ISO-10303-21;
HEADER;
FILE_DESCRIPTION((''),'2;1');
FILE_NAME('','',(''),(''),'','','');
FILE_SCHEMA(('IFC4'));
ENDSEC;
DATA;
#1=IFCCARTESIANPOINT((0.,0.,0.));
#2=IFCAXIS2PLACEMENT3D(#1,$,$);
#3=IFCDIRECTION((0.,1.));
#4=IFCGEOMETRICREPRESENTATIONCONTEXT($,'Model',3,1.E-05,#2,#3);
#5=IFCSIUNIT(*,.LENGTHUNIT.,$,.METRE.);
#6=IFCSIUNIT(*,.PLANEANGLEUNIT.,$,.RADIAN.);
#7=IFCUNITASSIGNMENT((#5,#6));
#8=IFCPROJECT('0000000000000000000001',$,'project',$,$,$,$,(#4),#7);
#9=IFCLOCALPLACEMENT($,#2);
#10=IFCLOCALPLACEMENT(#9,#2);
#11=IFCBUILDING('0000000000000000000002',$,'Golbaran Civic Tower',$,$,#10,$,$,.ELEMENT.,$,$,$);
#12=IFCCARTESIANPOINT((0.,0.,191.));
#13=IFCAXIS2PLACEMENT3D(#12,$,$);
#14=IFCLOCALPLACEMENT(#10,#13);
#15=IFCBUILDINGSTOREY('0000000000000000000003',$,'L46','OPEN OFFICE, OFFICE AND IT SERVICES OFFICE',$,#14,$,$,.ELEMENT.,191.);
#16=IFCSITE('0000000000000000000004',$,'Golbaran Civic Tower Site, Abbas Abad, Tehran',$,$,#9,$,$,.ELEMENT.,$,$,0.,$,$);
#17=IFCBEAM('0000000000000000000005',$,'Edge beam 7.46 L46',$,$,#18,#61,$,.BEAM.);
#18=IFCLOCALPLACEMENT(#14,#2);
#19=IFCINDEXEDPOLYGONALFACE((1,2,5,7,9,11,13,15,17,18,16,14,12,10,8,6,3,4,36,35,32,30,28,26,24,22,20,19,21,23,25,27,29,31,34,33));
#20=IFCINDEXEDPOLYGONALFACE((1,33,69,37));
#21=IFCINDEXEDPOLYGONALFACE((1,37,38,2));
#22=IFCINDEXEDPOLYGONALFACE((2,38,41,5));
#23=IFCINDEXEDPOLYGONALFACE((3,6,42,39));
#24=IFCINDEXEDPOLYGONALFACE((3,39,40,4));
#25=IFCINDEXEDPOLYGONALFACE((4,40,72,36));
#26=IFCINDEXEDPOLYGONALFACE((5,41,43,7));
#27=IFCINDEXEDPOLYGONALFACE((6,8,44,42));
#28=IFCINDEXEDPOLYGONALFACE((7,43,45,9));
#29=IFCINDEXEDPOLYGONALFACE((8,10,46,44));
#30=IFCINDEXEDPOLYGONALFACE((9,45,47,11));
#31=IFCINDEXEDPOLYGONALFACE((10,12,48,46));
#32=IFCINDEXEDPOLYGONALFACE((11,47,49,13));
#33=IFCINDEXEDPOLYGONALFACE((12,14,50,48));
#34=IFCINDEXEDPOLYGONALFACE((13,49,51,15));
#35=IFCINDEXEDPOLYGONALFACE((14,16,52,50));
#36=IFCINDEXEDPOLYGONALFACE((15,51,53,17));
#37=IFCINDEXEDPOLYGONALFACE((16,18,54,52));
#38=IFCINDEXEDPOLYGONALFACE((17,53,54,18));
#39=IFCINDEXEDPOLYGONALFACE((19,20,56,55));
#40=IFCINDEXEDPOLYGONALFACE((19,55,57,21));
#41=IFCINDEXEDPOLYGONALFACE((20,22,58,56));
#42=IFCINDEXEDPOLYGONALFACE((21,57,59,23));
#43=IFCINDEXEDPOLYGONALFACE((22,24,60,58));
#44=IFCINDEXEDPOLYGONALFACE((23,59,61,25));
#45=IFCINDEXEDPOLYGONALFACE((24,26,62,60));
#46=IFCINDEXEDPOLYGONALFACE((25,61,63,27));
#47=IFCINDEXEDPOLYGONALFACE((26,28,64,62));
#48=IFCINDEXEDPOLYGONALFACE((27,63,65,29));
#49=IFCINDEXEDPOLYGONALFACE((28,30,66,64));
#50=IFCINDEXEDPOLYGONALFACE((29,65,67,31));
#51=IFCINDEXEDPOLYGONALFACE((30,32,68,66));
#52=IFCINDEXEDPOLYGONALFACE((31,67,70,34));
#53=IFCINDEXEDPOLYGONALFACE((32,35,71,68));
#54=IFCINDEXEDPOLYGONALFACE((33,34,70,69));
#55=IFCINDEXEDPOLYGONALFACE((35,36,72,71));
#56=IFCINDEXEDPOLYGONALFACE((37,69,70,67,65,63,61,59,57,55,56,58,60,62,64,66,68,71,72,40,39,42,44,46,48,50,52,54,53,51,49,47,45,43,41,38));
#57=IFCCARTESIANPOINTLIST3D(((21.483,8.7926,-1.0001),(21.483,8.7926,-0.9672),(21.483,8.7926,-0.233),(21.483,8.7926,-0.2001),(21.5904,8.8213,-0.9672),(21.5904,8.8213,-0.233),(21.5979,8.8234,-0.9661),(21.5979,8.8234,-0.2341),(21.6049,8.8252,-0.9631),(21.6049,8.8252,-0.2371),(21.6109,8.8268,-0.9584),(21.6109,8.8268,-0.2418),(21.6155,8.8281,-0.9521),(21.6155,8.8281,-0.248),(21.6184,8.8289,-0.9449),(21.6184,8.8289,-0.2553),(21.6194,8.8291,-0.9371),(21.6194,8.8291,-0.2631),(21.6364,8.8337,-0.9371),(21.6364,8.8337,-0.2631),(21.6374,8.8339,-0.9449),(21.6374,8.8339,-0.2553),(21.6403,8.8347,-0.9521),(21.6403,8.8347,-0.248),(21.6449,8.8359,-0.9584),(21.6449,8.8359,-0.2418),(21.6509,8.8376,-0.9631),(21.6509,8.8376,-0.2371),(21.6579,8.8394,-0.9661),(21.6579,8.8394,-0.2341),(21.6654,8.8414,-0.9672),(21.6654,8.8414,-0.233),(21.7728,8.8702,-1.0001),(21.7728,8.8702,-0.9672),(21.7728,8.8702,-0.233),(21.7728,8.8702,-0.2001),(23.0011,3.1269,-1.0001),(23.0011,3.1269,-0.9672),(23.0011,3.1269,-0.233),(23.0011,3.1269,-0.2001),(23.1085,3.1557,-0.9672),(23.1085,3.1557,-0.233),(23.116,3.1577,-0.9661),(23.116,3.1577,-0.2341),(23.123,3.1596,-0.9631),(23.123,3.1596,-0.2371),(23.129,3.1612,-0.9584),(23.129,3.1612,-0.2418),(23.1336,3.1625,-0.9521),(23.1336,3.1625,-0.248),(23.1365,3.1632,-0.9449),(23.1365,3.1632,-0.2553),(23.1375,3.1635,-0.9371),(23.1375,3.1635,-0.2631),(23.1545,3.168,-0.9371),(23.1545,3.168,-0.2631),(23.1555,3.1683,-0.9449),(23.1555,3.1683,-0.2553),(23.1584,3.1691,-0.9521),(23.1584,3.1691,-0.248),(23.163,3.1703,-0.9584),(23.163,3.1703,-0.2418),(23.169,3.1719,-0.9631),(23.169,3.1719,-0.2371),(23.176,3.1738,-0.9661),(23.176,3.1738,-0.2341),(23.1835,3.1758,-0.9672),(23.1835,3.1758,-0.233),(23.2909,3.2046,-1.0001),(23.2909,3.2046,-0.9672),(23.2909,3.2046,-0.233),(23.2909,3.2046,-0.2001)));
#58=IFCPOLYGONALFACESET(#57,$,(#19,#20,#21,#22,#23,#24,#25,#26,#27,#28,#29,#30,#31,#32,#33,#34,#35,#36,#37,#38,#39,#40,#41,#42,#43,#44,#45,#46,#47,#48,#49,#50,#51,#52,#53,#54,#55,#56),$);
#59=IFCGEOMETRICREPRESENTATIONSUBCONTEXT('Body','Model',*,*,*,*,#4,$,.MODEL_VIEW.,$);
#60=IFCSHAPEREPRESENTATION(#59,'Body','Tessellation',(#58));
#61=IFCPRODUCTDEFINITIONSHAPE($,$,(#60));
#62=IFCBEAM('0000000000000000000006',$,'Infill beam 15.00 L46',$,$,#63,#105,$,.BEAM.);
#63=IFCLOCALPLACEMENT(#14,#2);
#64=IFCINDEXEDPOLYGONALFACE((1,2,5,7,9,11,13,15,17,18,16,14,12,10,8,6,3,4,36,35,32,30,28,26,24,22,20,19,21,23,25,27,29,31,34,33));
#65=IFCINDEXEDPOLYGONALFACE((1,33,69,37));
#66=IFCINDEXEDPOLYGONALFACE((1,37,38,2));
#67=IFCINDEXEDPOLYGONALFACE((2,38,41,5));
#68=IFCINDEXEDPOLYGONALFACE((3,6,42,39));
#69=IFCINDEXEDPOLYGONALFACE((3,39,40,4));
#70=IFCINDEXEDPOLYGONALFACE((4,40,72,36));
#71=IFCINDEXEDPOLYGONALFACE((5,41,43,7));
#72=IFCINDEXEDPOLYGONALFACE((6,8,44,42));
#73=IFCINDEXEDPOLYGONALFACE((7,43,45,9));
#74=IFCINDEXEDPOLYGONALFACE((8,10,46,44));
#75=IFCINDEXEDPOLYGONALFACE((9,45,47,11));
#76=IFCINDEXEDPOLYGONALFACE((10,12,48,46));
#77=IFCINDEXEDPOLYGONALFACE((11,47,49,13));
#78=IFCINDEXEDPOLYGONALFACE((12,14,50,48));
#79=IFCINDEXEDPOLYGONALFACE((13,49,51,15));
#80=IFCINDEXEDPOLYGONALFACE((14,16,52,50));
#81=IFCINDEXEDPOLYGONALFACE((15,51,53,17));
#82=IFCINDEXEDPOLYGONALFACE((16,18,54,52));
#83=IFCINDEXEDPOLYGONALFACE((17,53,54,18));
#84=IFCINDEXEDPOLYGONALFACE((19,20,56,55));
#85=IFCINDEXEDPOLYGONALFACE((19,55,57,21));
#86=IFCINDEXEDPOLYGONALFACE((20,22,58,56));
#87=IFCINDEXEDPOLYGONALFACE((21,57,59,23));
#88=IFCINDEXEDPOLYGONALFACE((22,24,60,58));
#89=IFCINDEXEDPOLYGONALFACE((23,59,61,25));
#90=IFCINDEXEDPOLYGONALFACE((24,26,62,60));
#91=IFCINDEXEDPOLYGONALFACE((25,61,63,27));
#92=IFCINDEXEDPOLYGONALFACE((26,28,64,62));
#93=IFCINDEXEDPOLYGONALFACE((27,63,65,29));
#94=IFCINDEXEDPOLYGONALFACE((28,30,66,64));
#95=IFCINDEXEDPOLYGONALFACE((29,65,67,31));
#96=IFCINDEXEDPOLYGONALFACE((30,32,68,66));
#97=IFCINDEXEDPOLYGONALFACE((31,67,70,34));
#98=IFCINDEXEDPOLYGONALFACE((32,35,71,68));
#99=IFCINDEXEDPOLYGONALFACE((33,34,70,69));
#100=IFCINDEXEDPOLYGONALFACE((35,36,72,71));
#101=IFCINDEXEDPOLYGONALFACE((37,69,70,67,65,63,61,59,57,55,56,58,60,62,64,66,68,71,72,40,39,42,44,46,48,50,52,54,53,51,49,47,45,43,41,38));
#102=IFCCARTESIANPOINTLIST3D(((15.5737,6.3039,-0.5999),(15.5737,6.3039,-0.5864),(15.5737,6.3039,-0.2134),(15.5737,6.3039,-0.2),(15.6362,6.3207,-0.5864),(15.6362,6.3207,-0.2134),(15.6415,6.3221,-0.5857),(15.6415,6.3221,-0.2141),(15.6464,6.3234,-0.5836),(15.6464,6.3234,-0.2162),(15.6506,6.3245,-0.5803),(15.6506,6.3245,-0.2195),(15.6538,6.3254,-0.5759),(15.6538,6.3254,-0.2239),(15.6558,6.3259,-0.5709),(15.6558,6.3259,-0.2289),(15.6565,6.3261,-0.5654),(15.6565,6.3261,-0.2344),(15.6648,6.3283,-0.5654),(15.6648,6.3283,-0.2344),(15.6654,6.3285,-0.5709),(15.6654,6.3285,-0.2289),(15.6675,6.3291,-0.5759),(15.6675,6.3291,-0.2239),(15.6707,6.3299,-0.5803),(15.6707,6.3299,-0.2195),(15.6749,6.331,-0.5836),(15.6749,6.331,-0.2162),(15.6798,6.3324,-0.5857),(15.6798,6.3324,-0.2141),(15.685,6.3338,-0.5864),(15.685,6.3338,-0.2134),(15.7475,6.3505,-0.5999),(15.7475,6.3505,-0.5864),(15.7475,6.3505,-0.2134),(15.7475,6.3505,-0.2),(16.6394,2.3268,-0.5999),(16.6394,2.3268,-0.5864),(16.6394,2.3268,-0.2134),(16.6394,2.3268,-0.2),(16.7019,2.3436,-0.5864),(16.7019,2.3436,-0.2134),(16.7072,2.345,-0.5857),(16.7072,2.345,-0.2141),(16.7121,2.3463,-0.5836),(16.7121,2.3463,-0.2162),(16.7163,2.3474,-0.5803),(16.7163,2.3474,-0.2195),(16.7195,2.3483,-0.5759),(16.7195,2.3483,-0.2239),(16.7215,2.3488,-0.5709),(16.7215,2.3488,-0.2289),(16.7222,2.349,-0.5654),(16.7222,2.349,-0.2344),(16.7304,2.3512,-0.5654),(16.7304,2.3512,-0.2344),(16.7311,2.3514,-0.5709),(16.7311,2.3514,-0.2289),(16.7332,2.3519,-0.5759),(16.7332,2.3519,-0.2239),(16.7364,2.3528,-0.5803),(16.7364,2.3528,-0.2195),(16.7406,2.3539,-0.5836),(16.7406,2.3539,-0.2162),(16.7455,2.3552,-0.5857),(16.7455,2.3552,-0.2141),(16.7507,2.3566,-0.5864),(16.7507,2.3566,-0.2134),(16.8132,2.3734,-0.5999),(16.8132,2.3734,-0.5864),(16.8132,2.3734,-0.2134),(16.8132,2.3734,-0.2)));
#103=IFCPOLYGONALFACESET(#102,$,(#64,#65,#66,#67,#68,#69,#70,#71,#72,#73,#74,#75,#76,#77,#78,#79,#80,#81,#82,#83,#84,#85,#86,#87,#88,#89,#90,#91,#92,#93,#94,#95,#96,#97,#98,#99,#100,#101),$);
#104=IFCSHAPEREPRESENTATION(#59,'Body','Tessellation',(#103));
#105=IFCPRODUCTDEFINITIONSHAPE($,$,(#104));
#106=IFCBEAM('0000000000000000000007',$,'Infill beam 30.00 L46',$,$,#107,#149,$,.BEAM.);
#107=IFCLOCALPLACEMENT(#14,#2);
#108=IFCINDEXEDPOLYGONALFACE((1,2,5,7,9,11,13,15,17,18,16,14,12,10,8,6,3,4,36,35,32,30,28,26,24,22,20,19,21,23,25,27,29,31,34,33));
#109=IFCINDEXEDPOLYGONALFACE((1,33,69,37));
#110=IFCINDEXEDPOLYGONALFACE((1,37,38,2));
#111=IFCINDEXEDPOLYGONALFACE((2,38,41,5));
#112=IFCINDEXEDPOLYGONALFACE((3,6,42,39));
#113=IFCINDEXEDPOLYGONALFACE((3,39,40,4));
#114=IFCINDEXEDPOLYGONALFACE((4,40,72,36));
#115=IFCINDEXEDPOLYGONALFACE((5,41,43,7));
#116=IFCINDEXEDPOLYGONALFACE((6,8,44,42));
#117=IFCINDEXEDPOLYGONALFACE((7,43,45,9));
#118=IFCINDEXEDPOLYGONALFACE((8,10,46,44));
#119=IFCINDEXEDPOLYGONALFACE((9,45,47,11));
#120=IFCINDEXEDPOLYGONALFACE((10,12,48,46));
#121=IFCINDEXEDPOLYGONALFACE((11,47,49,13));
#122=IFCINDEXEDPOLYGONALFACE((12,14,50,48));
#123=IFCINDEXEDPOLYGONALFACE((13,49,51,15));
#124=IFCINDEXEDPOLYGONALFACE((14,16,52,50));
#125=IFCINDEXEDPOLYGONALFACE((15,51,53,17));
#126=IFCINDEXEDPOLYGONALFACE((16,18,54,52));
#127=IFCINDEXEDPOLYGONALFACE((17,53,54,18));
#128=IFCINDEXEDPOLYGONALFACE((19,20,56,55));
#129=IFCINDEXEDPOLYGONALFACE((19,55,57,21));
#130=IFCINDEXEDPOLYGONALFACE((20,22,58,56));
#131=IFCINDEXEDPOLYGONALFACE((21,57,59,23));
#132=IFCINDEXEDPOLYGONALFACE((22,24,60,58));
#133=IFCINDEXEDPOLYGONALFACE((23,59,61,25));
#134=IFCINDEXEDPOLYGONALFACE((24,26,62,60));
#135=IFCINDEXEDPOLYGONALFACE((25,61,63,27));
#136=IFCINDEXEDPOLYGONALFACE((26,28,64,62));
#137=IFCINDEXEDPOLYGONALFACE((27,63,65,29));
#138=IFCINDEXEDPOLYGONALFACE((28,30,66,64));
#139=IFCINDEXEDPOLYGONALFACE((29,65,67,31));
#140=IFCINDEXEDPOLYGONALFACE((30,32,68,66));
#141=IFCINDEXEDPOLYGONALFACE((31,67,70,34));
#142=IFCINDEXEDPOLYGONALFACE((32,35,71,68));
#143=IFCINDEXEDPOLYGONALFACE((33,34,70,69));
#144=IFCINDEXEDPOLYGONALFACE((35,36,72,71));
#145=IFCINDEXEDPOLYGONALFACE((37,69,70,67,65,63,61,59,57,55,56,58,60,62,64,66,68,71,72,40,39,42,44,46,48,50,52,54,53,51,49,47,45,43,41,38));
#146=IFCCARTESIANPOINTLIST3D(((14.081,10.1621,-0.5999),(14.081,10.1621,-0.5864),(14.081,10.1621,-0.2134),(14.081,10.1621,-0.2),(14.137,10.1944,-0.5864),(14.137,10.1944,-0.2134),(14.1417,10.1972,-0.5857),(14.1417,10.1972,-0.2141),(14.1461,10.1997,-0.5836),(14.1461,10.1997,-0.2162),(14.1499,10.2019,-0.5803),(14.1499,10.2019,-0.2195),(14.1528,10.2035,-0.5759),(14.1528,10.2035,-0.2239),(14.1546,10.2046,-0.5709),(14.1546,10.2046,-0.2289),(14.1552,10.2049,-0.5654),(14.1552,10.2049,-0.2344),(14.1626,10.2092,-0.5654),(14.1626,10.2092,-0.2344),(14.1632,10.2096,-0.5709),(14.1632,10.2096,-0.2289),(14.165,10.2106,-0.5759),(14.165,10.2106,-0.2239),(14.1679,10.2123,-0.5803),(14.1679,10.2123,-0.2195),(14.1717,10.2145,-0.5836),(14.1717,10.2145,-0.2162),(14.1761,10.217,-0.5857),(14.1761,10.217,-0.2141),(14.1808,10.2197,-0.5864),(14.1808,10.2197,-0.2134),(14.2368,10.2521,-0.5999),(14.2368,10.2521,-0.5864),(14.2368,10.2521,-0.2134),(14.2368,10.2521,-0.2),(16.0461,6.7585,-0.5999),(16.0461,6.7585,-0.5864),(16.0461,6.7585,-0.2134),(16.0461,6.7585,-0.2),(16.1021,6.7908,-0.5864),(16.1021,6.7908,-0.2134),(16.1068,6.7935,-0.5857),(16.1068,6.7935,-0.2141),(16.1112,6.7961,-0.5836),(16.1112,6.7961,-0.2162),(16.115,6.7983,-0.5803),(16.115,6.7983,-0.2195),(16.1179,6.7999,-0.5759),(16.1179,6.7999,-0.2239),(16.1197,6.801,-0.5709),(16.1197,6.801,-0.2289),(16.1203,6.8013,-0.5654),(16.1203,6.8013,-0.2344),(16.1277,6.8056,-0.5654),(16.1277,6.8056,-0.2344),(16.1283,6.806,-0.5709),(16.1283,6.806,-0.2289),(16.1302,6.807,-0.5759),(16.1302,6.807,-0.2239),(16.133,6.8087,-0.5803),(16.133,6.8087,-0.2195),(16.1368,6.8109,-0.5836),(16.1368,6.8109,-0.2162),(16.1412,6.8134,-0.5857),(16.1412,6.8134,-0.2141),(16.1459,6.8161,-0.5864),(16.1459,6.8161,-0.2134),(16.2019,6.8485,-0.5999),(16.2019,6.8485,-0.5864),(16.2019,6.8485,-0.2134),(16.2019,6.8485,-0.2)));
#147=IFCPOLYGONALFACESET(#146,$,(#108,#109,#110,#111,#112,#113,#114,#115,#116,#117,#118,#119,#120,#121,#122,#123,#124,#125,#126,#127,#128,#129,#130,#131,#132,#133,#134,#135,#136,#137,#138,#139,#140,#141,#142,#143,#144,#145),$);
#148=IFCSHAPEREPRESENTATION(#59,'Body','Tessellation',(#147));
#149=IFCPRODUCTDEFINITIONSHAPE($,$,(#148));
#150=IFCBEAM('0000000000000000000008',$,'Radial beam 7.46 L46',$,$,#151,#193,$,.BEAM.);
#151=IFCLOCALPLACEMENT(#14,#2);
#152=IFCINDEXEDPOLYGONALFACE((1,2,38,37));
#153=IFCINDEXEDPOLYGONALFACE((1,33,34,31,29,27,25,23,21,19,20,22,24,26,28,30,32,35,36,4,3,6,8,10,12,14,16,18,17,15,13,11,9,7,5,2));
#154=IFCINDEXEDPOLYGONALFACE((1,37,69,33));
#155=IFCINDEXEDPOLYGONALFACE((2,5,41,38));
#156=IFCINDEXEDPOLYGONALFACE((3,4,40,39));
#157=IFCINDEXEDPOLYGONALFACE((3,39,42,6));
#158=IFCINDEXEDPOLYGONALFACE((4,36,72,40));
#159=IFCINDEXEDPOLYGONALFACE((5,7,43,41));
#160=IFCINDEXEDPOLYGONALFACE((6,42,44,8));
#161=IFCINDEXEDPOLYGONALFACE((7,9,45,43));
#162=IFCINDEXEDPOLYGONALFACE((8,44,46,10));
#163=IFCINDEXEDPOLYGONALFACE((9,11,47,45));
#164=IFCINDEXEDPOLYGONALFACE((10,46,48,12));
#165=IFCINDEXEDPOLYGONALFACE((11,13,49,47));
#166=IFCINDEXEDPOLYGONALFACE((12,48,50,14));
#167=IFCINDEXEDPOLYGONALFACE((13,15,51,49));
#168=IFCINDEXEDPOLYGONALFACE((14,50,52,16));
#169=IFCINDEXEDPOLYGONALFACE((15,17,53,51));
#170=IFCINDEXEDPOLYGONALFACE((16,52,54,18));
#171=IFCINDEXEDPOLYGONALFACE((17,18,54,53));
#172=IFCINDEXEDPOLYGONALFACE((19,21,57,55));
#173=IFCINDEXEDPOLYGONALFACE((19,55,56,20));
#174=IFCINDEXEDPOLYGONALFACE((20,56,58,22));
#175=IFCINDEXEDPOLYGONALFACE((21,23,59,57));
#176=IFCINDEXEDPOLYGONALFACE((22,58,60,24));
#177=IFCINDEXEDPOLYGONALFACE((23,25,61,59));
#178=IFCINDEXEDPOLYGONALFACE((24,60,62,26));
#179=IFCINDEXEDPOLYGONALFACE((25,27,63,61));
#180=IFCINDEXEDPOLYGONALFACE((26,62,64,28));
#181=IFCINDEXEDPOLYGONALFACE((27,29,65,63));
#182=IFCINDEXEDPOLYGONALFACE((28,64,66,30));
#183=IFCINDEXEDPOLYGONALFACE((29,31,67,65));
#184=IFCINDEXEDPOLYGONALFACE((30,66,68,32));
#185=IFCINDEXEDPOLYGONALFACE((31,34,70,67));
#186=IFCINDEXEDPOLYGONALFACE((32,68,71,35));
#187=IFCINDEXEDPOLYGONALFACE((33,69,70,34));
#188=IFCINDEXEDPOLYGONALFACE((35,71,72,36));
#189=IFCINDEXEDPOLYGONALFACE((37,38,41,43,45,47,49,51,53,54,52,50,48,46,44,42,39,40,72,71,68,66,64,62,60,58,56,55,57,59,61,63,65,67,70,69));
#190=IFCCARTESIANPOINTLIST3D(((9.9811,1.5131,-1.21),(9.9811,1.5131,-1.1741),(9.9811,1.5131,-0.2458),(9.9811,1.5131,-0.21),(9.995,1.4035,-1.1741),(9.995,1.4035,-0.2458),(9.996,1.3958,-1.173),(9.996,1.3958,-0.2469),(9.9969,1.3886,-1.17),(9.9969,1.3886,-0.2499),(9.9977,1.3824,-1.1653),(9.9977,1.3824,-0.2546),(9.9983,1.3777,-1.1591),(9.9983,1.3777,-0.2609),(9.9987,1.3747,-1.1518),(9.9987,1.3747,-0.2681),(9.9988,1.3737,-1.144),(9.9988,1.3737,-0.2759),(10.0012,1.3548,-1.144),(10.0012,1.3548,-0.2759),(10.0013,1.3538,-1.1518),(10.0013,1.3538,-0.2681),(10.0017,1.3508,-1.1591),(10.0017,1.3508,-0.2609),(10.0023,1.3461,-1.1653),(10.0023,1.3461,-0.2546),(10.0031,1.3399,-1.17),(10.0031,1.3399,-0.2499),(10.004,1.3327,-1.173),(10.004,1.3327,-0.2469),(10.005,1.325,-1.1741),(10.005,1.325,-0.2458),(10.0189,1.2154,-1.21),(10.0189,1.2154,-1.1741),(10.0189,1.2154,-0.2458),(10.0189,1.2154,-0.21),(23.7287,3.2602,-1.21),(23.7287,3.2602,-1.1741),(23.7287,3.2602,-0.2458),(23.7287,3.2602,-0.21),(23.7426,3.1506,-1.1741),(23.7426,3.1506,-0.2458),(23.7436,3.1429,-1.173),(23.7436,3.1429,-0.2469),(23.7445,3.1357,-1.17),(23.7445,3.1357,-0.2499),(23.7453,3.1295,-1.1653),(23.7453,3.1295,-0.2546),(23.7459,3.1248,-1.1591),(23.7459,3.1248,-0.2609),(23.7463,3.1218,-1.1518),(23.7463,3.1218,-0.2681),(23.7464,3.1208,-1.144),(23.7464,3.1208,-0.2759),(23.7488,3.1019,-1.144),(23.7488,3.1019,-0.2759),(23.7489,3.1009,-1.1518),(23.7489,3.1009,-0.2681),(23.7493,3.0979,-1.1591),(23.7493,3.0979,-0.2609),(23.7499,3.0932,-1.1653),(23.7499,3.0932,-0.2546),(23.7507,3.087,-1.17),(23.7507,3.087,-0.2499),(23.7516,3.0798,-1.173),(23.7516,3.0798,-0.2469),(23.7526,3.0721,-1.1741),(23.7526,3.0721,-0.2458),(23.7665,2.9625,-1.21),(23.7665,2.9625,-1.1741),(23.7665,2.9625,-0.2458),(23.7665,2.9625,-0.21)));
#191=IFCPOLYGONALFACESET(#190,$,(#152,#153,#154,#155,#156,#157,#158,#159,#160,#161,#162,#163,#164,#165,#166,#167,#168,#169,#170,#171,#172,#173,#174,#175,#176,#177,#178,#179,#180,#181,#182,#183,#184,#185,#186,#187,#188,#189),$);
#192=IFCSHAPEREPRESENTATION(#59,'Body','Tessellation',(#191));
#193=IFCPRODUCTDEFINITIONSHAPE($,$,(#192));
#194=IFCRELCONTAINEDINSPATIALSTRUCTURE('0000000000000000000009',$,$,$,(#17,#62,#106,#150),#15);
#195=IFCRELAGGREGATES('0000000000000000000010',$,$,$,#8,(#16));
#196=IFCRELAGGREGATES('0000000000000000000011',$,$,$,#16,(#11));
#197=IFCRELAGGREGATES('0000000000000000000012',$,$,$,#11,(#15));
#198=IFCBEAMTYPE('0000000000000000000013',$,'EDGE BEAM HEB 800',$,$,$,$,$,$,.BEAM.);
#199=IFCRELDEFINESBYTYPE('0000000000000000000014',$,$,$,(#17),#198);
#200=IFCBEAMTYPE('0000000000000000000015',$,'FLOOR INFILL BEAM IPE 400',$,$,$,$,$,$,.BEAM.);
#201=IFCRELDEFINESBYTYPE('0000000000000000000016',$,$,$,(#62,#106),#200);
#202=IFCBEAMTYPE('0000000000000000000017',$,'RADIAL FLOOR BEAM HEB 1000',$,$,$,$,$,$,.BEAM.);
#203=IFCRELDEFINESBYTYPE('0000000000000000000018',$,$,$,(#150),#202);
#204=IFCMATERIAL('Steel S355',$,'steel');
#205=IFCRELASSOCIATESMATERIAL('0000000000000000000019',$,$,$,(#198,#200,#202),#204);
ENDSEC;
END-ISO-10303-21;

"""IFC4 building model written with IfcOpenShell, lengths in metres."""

from ifc_helpers import new_model, si_unit, direction, frame, origin, origin_2d, place, context, subcontext, project, spatial, i_section, extrude, material, material_profile, profile_set, type_object, element, save


model = new_model("IFC4")

# Units and contexts
model_context = context("Model", 3, precision=1e-05, world=origin(), true_north=direction((0.0, 1.0)))
body_context = subcontext(model_context, "Body", "Model", "MODEL_VIEW")
ifc_project = project(units=[si_unit("LENGTHUNIT", "METRE"), si_unit("PLANEANGLEUNIT", "RADIAN")], contexts=[model_context])

# Site, building, storey
site_placement = place(None, origin())
site = spatial("IfcSite", under=ifc_project, at=site_placement, Name="Golbaran Civic Tower Site, Abbas Abad, Tehran", CompositionType="ELEMENT", RefElevation=0.0)
building_placement = place(site_placement, origin())
building = spatial("IfcBuilding", under=site, at=building_placement, Name="Golbaran Civic Tower", CompositionType="ELEMENT")
storey_placement = place(building_placement, frame((0.0, 0.0, 191.0)))
storey = spatial("IfcBuildingStorey", under=building, at=storey_placement, Name="L46", Description="OPEN OFFICE, OFFICE AND IT SERVICES OFFICE", CompositionType="ELEMENT", Elevation=191.0)

# Beams
ifc_material_1 = material(Name="Steel S355", Category="steel")
ifc_material_profile_1 = material_profile(ifc_material_1, i_section(OverallWidth=0.3, OverallDepth=0.8, WebThickness=0.0176, FlangeThickness=0.033, FilletRadius=0.03, at=origin_2d()), Name="HEB 800")
ifc_profile_set_1 = profile_set([ifc_material_profile_1], Name="Steel S355")
beam_type_1 = type_object("IfcBeamType", Name="EDGE BEAM HEB 800", PredefinedType="BEAM", material=ifc_profile_set_1)
beam_1_placement = place(storey_placement, frame((23.146, 3.1658, -0.6001), z_axis=(-0.258818, 0.965926, 0.0), x_axis=(-0.965926, -0.258818, 0.0)))
element("IfcBeam", 1, at=beam_1_placement, inside=storey, type_object=beam_type_1, Name="Edge beam 7.46 L46", PredefinedType="BEAM", context=body_context, shape_type="SweptSolid", body=[
    extrude(i_section(OverallWidth=0.3, OverallDepth=0.8, WebThickness=0.0176, FlangeThickness=0.033, FilletRadius=0.03, at=origin_2d()), origin(), (0.0, 0.0, 1.0), 5.8655),
])
ifc_material_profile_2 = material_profile(ifc_material_1, i_section(OverallWidth=0.1799, OverallDepth=0.3999, WebThickness=0.0085, FlangeThickness=0.0134, FilletRadius=0.021, at=origin_2d()), Name="IPE 400")
ifc_profile_set_2 = profile_set([ifc_material_profile_2], Name="Steel S355")
beam_type_2 = type_object("IfcBeamType", Name="FLOOR INFILL BEAM IPE 400", PredefinedType="BEAM", material=ifc_profile_set_2)
beam_2_placement = place(storey_placement, frame((16.7263, 2.3501, -0.3999), z_axis=(-0.258825, 0.965924, 0.0), x_axis=(-0.965924, -0.258825, 0.0)))
element("IfcBeam", 2, at=beam_2_placement, inside=storey, type_object=beam_type_2, Name="Infill beam 15.00 L46", PredefinedType="BEAM", context=body_context, shape_type="SweptSolid", body=[
    extrude(i_section(OverallWidth=0.1799, OverallDepth=0.3999, WebThickness=0.0085, FlangeThickness=0.0134, FilletRadius=0.021, at=origin_2d()), origin(), (0.0, 0.0, 1.0), 4.1174),
])
beam_3_placement = place(storey_placement, frame((16.124, 6.8035, -0.3999), z_axis=(-0.500007, 0.866021, 0.0), x_axis=(-0.866021, -0.500007, 0.0)))
element("IfcBeam", 3, at=beam_3_placement, inside=storey, type_object=beam_type_2, Name="Infill beam 30.00 L46", PredefinedType="BEAM", context=body_context, shape_type="SweptSolid", body=[
    extrude(i_section(OverallWidth=0.1799, OverallDepth=0.3999, WebThickness=0.0085, FlangeThickness=0.0134, FilletRadius=0.021, at=origin_2d()), origin(), (0.0, 0.0, 1.0), 3.9302),
])
ifc_material_profile_3 = material_profile(ifc_material_1, i_section(OverallWidth=0.3, OverallDepth=1.0, WebThickness=0.019, FlangeThickness=0.0359, FilletRadius=0.03, at=origin_2d()), Name="HEB 1000")
ifc_profile_set_3 = profile_set([ifc_material_profile_3], Name="Steel S355")
beam_type_3 = type_object("IfcBeamType", Name="RADIAL FLOOR BEAM HEB 1000", PredefinedType="BEAM", material=ifc_profile_set_3)
beam_4_placement = place(storey_placement, frame((10.0, 1.3643, -0.71), z_axis=(0.992022, 0.126068, 0.0), x_axis=(-0.126068, 0.992022, 0.0)))
element("IfcBeam", 4, at=beam_4_placement, inside=storey, type_object=beam_type_3, Name="Radial beam 7.46 L46", PredefinedType="BEAM", context=body_context, shape_type="SweptSolid", body=[
    extrude(i_section(OverallWidth=0.3, OverallDepth=1.0, WebThickness=0.019, FlangeThickness=0.0359, FilletRadius=0.03, at=origin_2d()), origin(), (0.0, 0.0, 1.0), 13.8582),
])

save(model, "model.ifc")
